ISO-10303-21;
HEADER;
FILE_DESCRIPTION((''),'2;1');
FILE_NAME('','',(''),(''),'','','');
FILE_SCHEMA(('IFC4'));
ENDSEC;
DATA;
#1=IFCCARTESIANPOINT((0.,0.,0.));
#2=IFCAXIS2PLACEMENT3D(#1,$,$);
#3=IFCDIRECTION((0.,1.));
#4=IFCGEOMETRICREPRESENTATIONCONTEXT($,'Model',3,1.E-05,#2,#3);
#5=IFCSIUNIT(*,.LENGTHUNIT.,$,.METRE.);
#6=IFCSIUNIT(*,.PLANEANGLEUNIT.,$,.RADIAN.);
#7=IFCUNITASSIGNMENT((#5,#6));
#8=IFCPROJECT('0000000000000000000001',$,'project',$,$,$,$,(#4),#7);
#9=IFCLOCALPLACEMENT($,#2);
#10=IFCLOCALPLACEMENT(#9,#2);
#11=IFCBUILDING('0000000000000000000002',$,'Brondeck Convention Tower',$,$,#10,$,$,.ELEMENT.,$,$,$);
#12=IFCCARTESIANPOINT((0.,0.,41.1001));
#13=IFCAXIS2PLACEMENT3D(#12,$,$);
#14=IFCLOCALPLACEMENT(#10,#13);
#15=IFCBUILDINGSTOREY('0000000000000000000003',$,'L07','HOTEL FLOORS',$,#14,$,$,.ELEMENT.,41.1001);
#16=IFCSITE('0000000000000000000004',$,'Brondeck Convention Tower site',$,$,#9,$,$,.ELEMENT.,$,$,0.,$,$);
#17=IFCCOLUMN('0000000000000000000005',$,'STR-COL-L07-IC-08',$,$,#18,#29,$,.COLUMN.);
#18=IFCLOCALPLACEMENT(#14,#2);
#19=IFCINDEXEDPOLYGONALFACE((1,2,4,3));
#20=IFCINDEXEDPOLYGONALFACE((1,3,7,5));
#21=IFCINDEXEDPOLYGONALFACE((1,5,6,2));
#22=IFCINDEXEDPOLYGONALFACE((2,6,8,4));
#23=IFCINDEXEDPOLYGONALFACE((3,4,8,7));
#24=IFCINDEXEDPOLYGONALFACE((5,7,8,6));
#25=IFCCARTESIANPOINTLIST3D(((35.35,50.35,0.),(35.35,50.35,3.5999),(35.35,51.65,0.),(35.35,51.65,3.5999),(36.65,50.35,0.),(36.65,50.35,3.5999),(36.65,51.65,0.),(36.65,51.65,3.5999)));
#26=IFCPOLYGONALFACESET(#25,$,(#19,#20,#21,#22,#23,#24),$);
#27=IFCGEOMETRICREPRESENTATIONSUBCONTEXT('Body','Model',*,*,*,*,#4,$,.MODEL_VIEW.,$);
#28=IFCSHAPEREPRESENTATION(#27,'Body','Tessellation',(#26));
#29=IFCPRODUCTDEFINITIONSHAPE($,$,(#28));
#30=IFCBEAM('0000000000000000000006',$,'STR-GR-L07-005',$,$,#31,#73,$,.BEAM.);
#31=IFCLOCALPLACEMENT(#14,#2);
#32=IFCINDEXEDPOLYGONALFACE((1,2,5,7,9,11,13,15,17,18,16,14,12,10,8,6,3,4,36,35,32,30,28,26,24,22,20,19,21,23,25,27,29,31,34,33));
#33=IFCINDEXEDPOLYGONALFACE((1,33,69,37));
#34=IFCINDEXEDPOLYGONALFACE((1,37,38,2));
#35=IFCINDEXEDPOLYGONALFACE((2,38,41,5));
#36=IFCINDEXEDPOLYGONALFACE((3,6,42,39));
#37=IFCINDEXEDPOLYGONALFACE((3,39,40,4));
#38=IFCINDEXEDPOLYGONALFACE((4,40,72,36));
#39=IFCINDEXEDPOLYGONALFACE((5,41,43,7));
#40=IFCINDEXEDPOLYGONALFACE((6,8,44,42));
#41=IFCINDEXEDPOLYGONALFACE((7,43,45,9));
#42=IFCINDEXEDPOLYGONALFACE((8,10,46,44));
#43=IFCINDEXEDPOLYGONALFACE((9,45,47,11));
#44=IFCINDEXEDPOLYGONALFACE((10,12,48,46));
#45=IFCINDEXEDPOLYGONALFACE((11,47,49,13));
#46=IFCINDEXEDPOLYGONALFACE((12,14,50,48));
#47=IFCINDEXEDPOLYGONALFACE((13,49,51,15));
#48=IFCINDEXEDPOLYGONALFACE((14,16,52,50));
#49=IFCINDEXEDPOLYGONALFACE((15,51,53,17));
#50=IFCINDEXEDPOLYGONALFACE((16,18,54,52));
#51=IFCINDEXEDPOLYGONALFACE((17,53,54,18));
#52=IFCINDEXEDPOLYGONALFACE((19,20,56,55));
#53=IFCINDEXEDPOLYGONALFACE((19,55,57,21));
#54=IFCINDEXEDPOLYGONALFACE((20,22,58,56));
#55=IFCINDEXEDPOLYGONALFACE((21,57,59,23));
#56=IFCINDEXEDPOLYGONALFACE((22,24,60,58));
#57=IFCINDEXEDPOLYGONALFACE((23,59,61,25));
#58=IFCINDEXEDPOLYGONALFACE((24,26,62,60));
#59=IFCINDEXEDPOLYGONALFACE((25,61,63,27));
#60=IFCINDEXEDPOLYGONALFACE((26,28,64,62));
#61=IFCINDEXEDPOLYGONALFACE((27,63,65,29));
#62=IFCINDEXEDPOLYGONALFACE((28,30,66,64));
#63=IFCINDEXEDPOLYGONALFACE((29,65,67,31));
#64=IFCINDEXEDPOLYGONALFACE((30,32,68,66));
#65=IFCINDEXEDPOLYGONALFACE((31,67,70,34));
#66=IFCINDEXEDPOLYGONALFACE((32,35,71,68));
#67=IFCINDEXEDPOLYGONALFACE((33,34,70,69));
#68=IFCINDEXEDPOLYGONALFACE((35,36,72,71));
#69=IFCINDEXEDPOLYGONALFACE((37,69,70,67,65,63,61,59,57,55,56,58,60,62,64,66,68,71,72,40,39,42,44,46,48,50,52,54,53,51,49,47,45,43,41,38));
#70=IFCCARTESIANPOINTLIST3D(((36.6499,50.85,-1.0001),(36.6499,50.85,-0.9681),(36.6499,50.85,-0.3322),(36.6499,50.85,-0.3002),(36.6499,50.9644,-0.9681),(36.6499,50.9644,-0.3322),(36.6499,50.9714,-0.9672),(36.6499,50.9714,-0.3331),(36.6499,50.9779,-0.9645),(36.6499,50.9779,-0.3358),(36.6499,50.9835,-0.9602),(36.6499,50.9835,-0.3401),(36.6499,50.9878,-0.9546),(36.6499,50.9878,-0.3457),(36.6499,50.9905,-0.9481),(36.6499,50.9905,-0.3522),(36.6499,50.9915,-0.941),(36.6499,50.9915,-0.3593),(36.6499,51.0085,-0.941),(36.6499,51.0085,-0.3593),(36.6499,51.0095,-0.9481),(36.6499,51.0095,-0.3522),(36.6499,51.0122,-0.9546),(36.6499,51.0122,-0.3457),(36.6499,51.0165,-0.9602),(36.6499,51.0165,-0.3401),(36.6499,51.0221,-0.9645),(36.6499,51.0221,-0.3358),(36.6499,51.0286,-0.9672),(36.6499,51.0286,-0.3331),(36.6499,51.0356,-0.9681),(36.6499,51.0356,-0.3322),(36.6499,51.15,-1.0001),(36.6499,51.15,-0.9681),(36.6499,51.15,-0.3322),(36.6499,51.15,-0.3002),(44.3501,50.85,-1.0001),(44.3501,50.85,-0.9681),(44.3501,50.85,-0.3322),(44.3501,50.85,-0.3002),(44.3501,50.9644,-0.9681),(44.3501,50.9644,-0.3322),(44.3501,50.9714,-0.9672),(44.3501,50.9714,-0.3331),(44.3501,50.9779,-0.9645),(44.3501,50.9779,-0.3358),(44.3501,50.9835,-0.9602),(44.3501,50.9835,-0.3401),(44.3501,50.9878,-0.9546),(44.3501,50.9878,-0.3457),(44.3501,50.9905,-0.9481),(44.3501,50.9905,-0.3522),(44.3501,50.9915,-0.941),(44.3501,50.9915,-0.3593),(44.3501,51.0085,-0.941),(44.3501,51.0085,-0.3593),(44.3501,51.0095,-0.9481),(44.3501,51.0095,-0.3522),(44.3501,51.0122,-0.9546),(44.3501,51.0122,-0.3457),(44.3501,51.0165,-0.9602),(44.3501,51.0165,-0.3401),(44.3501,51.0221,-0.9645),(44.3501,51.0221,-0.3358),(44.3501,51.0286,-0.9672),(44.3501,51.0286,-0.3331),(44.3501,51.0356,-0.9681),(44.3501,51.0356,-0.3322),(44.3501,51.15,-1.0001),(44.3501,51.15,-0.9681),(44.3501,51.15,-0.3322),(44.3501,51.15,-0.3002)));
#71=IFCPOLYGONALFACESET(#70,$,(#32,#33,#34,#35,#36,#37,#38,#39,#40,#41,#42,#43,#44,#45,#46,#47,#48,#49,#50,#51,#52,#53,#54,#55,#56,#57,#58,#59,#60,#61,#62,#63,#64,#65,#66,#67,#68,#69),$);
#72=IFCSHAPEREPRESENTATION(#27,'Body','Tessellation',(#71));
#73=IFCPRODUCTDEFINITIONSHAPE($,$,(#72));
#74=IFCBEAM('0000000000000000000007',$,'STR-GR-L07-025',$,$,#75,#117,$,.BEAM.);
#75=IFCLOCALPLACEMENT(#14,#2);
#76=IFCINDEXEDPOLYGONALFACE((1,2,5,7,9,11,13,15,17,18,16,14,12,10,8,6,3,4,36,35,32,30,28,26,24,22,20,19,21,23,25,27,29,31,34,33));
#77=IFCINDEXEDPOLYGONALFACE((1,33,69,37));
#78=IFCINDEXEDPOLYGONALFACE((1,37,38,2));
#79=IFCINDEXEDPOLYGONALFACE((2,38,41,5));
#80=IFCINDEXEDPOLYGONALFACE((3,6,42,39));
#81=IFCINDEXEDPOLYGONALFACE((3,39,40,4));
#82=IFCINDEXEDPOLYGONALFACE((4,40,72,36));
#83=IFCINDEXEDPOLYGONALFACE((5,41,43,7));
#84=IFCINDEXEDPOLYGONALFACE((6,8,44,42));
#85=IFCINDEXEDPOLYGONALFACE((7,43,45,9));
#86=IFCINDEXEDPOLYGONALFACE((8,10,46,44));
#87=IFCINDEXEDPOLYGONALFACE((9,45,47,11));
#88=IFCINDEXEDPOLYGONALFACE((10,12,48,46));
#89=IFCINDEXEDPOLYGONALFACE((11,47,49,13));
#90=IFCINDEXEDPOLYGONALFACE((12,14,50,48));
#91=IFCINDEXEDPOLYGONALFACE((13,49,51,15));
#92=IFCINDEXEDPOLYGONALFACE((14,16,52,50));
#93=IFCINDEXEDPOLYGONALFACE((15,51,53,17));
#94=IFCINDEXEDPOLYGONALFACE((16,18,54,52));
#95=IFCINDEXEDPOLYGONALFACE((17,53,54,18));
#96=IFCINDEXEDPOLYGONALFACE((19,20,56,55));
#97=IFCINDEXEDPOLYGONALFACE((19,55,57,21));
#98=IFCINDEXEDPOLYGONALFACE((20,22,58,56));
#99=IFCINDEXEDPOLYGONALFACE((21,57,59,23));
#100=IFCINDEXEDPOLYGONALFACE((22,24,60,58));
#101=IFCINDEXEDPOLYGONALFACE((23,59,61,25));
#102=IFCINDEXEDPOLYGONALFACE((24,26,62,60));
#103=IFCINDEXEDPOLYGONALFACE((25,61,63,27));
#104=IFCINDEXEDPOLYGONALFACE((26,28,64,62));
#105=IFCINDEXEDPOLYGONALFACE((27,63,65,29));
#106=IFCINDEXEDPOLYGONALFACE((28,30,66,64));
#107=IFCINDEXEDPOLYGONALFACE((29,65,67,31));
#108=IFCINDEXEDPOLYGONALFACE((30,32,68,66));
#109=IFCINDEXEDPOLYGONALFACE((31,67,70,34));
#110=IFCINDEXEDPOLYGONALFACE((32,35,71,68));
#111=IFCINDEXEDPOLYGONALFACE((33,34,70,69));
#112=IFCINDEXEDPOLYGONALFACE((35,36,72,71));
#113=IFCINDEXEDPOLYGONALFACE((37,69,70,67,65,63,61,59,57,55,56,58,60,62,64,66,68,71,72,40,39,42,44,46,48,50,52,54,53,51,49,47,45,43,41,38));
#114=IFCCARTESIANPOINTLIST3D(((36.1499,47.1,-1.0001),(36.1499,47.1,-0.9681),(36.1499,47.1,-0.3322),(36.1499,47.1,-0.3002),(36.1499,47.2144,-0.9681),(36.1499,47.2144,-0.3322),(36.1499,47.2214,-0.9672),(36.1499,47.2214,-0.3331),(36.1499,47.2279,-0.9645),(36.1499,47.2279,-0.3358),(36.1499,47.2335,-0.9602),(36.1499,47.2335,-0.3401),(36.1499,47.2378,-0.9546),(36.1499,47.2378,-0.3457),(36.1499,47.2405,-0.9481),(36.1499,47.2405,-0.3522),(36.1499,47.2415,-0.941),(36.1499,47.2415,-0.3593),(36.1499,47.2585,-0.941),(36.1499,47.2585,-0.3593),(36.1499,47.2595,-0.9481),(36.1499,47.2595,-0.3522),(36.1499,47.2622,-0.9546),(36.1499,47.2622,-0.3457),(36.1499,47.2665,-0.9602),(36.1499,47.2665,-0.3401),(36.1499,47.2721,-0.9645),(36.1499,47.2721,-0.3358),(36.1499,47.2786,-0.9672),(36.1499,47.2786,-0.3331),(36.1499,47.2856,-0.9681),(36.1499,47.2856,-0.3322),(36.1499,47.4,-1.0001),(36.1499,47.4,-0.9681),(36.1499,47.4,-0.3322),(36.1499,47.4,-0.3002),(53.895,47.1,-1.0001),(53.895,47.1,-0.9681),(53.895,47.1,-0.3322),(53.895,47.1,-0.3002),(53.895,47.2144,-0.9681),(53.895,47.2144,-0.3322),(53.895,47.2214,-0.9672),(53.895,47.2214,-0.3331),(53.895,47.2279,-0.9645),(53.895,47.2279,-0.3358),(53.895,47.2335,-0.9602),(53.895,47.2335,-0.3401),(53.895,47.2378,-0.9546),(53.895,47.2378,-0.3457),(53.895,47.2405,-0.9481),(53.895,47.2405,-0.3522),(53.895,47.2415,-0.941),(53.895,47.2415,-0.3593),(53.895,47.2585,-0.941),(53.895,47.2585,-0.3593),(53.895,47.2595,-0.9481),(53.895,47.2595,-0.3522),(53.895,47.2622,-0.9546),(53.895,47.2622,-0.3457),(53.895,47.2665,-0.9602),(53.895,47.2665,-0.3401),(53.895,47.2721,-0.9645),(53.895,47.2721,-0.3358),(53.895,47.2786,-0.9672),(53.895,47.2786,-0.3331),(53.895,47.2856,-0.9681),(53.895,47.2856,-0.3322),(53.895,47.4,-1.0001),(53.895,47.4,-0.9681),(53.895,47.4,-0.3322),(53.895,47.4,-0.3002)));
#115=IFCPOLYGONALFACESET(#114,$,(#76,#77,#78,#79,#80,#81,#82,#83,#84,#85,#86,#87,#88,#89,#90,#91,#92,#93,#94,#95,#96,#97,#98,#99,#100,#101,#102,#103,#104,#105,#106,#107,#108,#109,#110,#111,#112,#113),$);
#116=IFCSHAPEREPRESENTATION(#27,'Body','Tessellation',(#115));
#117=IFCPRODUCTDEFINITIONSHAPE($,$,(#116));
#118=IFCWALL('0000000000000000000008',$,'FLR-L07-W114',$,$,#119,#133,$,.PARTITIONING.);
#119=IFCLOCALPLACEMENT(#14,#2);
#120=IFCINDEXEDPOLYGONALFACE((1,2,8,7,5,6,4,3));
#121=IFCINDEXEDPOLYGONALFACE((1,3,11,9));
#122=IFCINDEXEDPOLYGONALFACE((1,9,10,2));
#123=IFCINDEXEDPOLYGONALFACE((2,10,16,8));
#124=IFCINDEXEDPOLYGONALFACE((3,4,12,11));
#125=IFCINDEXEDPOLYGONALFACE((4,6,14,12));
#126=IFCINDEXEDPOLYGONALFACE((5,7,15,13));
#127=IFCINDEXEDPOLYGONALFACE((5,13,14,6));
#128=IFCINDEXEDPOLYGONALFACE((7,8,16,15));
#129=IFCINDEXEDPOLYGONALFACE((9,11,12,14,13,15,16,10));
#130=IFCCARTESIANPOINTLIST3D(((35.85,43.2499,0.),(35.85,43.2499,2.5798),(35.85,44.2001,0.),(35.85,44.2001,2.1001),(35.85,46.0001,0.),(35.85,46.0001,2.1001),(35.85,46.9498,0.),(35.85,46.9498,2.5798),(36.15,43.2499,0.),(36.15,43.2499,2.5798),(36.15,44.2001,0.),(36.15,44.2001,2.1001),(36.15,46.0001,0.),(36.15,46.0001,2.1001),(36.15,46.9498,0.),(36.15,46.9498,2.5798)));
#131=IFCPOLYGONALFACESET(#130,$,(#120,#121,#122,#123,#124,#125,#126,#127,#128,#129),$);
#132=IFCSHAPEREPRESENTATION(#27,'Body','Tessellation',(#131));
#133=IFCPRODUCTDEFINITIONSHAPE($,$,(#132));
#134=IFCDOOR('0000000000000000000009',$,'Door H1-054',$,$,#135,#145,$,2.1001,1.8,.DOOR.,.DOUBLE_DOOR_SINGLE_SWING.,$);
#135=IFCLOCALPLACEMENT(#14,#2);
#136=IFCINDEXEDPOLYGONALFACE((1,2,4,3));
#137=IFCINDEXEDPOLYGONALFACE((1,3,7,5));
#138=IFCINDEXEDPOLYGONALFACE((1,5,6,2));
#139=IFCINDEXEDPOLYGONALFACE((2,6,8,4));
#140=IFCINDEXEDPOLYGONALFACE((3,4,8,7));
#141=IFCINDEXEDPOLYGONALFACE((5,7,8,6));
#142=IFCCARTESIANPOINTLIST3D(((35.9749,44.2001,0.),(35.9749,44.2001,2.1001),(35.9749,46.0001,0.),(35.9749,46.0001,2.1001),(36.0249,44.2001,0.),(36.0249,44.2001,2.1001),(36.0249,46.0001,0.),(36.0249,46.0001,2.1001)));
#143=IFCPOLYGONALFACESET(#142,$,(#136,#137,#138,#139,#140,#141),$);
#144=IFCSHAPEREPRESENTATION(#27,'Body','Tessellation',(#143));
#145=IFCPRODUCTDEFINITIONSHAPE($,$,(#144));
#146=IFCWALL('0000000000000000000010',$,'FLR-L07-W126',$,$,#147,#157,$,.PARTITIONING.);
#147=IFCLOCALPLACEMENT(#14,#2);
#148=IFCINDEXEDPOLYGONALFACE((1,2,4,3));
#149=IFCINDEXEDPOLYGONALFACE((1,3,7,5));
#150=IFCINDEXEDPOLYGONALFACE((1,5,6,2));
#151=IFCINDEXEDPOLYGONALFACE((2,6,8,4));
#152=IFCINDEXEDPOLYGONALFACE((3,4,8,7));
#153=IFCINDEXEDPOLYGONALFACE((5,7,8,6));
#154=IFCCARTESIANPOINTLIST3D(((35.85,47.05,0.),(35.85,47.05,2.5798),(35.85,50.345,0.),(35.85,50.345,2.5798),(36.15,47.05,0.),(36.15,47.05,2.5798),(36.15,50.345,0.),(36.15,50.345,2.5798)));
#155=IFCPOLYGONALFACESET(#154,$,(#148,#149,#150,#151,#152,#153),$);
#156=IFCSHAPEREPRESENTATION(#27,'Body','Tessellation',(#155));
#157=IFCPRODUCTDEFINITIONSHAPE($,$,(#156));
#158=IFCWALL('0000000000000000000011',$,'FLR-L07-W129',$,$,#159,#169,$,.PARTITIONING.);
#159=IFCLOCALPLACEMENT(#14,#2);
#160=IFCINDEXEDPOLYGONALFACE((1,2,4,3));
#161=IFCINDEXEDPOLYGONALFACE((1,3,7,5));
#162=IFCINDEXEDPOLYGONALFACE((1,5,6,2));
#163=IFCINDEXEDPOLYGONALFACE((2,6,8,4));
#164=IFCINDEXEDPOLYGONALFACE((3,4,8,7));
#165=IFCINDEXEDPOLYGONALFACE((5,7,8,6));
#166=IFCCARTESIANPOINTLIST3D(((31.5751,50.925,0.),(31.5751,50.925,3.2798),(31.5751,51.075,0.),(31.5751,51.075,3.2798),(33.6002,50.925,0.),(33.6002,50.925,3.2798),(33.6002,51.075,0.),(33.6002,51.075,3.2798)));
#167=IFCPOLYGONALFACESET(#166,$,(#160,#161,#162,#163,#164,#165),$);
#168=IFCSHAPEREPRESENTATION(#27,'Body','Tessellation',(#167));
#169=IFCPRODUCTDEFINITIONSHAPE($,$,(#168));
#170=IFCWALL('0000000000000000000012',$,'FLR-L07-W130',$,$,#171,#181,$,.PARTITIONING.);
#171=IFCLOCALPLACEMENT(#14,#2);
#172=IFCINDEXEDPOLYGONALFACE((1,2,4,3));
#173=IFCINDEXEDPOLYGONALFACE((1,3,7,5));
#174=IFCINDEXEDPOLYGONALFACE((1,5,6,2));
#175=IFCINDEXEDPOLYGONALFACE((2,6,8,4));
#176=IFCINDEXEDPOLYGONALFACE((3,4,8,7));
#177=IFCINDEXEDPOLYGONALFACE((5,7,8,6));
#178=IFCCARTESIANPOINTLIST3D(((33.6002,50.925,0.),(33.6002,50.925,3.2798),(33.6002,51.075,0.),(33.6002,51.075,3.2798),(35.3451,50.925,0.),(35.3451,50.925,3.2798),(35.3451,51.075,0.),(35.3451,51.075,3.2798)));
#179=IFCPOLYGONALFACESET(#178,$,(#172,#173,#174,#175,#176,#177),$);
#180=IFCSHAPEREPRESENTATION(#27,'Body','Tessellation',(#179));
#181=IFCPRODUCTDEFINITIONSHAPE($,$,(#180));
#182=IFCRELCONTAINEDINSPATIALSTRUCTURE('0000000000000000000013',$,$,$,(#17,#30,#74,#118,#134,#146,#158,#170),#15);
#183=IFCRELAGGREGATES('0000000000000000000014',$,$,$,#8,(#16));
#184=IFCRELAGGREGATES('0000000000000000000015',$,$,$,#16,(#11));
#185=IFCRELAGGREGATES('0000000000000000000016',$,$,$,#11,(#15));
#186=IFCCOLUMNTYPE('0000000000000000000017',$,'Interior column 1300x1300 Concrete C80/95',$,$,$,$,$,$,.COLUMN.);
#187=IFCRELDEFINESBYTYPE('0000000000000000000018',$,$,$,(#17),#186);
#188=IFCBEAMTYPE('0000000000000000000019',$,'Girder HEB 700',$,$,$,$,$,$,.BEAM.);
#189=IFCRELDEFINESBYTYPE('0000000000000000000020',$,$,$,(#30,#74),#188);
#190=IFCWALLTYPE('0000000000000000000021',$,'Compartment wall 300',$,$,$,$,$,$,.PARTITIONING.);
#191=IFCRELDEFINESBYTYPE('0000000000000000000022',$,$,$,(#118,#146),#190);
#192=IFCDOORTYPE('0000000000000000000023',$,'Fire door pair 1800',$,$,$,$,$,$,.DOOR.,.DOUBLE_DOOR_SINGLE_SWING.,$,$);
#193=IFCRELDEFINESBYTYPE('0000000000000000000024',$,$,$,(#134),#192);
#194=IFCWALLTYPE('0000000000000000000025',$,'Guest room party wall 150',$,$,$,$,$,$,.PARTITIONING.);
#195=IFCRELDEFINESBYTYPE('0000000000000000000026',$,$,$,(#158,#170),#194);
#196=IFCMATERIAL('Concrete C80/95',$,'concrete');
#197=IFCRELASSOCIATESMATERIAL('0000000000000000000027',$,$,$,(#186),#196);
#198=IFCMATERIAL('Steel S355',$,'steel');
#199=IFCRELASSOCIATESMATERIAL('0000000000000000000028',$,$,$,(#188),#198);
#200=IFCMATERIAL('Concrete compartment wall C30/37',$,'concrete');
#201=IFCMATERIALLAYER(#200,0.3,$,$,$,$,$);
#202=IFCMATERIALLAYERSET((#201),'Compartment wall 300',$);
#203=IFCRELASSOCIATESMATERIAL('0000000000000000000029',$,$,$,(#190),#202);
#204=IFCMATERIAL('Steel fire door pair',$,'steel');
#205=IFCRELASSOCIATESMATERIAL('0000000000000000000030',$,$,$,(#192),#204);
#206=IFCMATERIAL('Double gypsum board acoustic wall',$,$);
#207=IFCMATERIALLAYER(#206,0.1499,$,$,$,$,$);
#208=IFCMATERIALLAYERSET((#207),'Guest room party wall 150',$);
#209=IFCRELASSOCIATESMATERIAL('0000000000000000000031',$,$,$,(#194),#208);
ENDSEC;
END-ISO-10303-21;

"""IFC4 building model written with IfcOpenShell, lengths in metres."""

from ifc_helpers import new_model, si_unit, direction, frame, frame_2d, origin, origin_2d, place, context, subcontext, project, spatial, rectangle, i_section, extrude, material, layer, layer_set, material_profile, profile_set, type_object, element, fill, save


model = new_model("IFC4")

# Units and contexts
model_context = context("Model", 3, precision=1e-05, world=origin(), true_north=direction((0.0, 1.0)))
body_context = subcontext(model_context, "Body", "Model", "MODEL_VIEW")
ifc_project = project(units=[si_unit("LENGTHUNIT", "METRE"), si_unit("PLANEANGLEUNIT", "RADIAN")], contexts=[model_context])

# Site, building, storey
site_placement = place(None, origin())
site = spatial("IfcSite", under=ifc_project, at=site_placement, Name="Brondeck Convention Tower site", CompositionType="ELEMENT", RefElevation=0.0)
building_placement = place(site_placement, origin())
building = spatial("IfcBuilding", under=site, at=building_placement, Name="Brondeck Convention Tower", CompositionType="ELEMENT")
storey_placement = place(building_placement, frame((0.0, 0.0, 41.1001)))
storey = spatial("IfcBuildingStorey", under=building, at=storey_placement, Name="L07", Description="HOTEL FLOORS", CompositionType="ELEMENT", Elevation=41.1001)

# Column
ifc_material_1 = material(Name="Concrete C80/95", Category="concrete")
ifc_material_profile_1 = material_profile(ifc_material_1, rectangle(XDim=1.3, YDim=1.3, at=origin_2d()), Name="Interior column 1300x1300 Concrete C80/95")
ifc_profile_set_1 = profile_set([ifc_material_profile_1], Name="Concrete C80/95")
column_type = type_object("IfcColumnType", Name="Interior column 1300x1300 Concrete C80/95", PredefinedType="COLUMN", material=ifc_profile_set_1)
column_placement = place(storey_placement, frame((36.0, 51.0, 0.0), z_axis=(0.0, 0.0, 1.0), x_axis=(1.0, 0.0, 0.0)))
element("IfcColumn", 1, at=column_placement, inside=storey, type_object=column_type, Name="STR-COL-L07-IC-08", PredefinedType="COLUMN", context=body_context, shape_type="SweptSolid", body=[
    extrude(rectangle(XDim=1.3, YDim=1.3, at=origin_2d()), origin(), (0.0, 0.0, 1.0), 3.5999),
])

# Beams
ifc_material_2 = material(Name="Steel S355", Category="steel")
ifc_material_profile_2 = material_profile(ifc_material_2, i_section(OverallWidth=0.3, OverallDepth=0.7, WebThickness=0.0171, FlangeThickness=0.032, FilletRadius=0.0271, at=origin_2d()), Name="HEB 700")
ifc_profile_set_2 = profile_set([ifc_material_profile_2], Name="Steel S355")
beam_type = type_object("IfcBeamType", Name="Girder HEB 700", PredefinedType="BEAM", material=ifc_profile_set_2)
beam_1_placement = place(storey_placement, frame((36.6499, 51.0, -0.6501), z_axis=(1.0, 0.0, 0.0), x_axis=(0.0, 1.0, 0.0)))
element("IfcBeam", 2, at=beam_1_placement, inside=storey, type_object=beam_type, Name="STR-GR-L07-005", PredefinedType="BEAM", context=body_context, shape_type="SweptSolid", body=[
    extrude(i_section(OverallWidth=0.3, OverallDepth=0.7, WebThickness=0.0171, FlangeThickness=0.032, FilletRadius=0.0271, at=origin_2d()), origin(), (0.0, 0.0, 1.0), 7.7002),
])
beam_2_placement = place(storey_placement, frame((36.1499, 47.25, -0.6501), z_axis=(1.0, 0.0, 0.0), x_axis=(0.0, 1.0, 0.0)))
element("IfcBeam", 3, at=beam_2_placement, inside=storey, type_object=beam_type, Name="STR-GR-L07-025", PredefinedType="BEAM", context=body_context, shape_type="SweptSolid", body=[
    extrude(i_section(OverallWidth=0.3, OverallDepth=0.7, WebThickness=0.0171, FlangeThickness=0.032, FilletRadius=0.0271, at=origin_2d()), origin(), (0.0, 0.0, 1.0), 17.7451),
])

# Wall, opening, door
ifc_material_3 = material(Name="Concrete compartment wall C30/37", Category="concrete")
ifc_layer_1 = layer(ifc_material_3, 0.3)
ifc_layer_set_1 = layer_set([ifc_layer_1], Name="Compartment wall 300")
wall_type_1 = type_object("IfcWallType", Name="Compartment wall 300", PredefinedType="PARTITIONING", material=ifc_layer_set_1)
wall_1_placement = place(storey_placement, frame((36.0, 46.95, 0.0), z_axis=(0.0, 0.0, 1.0), x_axis=(0.0, -1.0, 0.0)))
wall_1 = element("IfcWall", 4, at=wall_1_placement, inside=storey, type_object=wall_type_1, Name="FLR-L07-W114", PredefinedType="PARTITIONING", context=body_context, shape_type="SweptSolid", body=[
    extrude(rectangle(XDim=3.7, YDim=0.3, at=frame_2d((1.8501, 0.0))), origin(), (0.0, 0.0, 1.0), 2.5798),
])
opening_1_placement = place(wall_1_placement, frame((0.95, 0.0, 0.0)))
opening_1 = element("IfcOpeningElement", 5, at=opening_1_placement, cuts=wall_1, PredefinedType="OPENING", context=body_context, shape_type="SweptSolid", body=[
    extrude(rectangle(XDim=1.8, YDim=2.1001, at=frame_2d((0.8999, 1.05))), frame((0.0, 0.1599, 0.0), z_axis=(0.0, -1.0, 0.0), x_axis=(1.0, 0.0, 0.0)), (0.0, 0.0, 1.0), 0.3201),
])
ifc_material_4 = material(Name="Steel fire door pair", Category="steel")
door_type_1 = type_object("IfcDoorType", Name="Fire door pair 1800", OperationType="DOUBLE_DOOR_SINGLE_SWING", PredefinedType="DOOR", material=ifc_material_4)
door_1_placement = place(opening_1_placement, origin())
door_1 = element("IfcDoor", 6, at=door_1_placement, inside=storey, type_object=door_type_1, Name="Door H1-054", OperationType="DOUBLE_DOOR_SINGLE_SWING", OverallHeight=2.1001, OverallWidth=1.8, PredefinedType="DOOR", context=body_context, shape_type="SweptSolid", body=[
    extrude(rectangle(XDim=1.8, YDim=2.1001, at=frame_2d((0.8999, 1.05))), frame((0.0, 0.0249, 0.0), z_axis=(0.0, -1.0, 0.0), x_axis=(1.0, 0.0, 0.0)), (0.0, 0.0, 1.0), 0.05),
])
fill(opening_1, door_1)

# Walls
wall_2_placement = place(storey_placement, frame((36.0, 50.345, 0.0), z_axis=(0.0, 0.0, 1.0), x_axis=(0.0, -1.0, 0.0)))
element("IfcWall", 7, at=wall_2_placement, inside=storey, type_object=wall_type_1, Name="FLR-L07-W126", PredefinedType="PARTITIONING", context=body_context, shape_type="SweptSolid", body=[
    extrude(rectangle(XDim=3.2949, YDim=0.3, at=frame_2d((1.6475, 0.0))), origin(), (0.0, 0.0, 1.0), 2.5798),
])
ifc_material_5 = material(Name="Double gypsum board acoustic wall")
ifc_layer_2 = layer(ifc_material_5, 0.1499)
ifc_layer_set_2 = layer_set([ifc_layer_2], Name="Guest room party wall 150")
wall_type_2 = type_object("IfcWallType", Name="Guest room party wall 150", PredefinedType="PARTITIONING", material=ifc_layer_set_2)
wall_3_placement = place(storey_placement, frame((31.575, 51.0, 0.0), z_axis=(0.0, 0.0, 1.0), x_axis=(1.0, 0.0, 0.0)))
element("IfcWall", 8, at=wall_3_placement, inside=storey, type_object=wall_type_2, Name="FLR-L07-W129", PredefinedType="PARTITIONING", context=body_context, shape_type="SweptSolid", body=[
    extrude(rectangle(XDim=2.0251, YDim=0.1499, at=frame_2d((1.0127, 0.0))), origin(), (0.0, 0.0, 1.0), 3.2798),
])
wall_4_placement = place(storey_placement, frame((33.6001, 51.0, 0.0), z_axis=(0.0, 0.0, 1.0), x_axis=(1.0, 0.0, 0.0)))
element("IfcWall", 9, at=wall_4_placement, inside=storey, type_object=wall_type_2, Name="FLR-L07-W130", PredefinedType="PARTITIONING", context=body_context, shape_type="SweptSolid", body=[
    extrude(rectangle(XDim=1.7449, YDim=0.1499, at=frame_2d((0.8726, 0.0))), origin(), (0.0, 0.0, 1.0), 3.2798),
])

save(model, "model.ifc")
